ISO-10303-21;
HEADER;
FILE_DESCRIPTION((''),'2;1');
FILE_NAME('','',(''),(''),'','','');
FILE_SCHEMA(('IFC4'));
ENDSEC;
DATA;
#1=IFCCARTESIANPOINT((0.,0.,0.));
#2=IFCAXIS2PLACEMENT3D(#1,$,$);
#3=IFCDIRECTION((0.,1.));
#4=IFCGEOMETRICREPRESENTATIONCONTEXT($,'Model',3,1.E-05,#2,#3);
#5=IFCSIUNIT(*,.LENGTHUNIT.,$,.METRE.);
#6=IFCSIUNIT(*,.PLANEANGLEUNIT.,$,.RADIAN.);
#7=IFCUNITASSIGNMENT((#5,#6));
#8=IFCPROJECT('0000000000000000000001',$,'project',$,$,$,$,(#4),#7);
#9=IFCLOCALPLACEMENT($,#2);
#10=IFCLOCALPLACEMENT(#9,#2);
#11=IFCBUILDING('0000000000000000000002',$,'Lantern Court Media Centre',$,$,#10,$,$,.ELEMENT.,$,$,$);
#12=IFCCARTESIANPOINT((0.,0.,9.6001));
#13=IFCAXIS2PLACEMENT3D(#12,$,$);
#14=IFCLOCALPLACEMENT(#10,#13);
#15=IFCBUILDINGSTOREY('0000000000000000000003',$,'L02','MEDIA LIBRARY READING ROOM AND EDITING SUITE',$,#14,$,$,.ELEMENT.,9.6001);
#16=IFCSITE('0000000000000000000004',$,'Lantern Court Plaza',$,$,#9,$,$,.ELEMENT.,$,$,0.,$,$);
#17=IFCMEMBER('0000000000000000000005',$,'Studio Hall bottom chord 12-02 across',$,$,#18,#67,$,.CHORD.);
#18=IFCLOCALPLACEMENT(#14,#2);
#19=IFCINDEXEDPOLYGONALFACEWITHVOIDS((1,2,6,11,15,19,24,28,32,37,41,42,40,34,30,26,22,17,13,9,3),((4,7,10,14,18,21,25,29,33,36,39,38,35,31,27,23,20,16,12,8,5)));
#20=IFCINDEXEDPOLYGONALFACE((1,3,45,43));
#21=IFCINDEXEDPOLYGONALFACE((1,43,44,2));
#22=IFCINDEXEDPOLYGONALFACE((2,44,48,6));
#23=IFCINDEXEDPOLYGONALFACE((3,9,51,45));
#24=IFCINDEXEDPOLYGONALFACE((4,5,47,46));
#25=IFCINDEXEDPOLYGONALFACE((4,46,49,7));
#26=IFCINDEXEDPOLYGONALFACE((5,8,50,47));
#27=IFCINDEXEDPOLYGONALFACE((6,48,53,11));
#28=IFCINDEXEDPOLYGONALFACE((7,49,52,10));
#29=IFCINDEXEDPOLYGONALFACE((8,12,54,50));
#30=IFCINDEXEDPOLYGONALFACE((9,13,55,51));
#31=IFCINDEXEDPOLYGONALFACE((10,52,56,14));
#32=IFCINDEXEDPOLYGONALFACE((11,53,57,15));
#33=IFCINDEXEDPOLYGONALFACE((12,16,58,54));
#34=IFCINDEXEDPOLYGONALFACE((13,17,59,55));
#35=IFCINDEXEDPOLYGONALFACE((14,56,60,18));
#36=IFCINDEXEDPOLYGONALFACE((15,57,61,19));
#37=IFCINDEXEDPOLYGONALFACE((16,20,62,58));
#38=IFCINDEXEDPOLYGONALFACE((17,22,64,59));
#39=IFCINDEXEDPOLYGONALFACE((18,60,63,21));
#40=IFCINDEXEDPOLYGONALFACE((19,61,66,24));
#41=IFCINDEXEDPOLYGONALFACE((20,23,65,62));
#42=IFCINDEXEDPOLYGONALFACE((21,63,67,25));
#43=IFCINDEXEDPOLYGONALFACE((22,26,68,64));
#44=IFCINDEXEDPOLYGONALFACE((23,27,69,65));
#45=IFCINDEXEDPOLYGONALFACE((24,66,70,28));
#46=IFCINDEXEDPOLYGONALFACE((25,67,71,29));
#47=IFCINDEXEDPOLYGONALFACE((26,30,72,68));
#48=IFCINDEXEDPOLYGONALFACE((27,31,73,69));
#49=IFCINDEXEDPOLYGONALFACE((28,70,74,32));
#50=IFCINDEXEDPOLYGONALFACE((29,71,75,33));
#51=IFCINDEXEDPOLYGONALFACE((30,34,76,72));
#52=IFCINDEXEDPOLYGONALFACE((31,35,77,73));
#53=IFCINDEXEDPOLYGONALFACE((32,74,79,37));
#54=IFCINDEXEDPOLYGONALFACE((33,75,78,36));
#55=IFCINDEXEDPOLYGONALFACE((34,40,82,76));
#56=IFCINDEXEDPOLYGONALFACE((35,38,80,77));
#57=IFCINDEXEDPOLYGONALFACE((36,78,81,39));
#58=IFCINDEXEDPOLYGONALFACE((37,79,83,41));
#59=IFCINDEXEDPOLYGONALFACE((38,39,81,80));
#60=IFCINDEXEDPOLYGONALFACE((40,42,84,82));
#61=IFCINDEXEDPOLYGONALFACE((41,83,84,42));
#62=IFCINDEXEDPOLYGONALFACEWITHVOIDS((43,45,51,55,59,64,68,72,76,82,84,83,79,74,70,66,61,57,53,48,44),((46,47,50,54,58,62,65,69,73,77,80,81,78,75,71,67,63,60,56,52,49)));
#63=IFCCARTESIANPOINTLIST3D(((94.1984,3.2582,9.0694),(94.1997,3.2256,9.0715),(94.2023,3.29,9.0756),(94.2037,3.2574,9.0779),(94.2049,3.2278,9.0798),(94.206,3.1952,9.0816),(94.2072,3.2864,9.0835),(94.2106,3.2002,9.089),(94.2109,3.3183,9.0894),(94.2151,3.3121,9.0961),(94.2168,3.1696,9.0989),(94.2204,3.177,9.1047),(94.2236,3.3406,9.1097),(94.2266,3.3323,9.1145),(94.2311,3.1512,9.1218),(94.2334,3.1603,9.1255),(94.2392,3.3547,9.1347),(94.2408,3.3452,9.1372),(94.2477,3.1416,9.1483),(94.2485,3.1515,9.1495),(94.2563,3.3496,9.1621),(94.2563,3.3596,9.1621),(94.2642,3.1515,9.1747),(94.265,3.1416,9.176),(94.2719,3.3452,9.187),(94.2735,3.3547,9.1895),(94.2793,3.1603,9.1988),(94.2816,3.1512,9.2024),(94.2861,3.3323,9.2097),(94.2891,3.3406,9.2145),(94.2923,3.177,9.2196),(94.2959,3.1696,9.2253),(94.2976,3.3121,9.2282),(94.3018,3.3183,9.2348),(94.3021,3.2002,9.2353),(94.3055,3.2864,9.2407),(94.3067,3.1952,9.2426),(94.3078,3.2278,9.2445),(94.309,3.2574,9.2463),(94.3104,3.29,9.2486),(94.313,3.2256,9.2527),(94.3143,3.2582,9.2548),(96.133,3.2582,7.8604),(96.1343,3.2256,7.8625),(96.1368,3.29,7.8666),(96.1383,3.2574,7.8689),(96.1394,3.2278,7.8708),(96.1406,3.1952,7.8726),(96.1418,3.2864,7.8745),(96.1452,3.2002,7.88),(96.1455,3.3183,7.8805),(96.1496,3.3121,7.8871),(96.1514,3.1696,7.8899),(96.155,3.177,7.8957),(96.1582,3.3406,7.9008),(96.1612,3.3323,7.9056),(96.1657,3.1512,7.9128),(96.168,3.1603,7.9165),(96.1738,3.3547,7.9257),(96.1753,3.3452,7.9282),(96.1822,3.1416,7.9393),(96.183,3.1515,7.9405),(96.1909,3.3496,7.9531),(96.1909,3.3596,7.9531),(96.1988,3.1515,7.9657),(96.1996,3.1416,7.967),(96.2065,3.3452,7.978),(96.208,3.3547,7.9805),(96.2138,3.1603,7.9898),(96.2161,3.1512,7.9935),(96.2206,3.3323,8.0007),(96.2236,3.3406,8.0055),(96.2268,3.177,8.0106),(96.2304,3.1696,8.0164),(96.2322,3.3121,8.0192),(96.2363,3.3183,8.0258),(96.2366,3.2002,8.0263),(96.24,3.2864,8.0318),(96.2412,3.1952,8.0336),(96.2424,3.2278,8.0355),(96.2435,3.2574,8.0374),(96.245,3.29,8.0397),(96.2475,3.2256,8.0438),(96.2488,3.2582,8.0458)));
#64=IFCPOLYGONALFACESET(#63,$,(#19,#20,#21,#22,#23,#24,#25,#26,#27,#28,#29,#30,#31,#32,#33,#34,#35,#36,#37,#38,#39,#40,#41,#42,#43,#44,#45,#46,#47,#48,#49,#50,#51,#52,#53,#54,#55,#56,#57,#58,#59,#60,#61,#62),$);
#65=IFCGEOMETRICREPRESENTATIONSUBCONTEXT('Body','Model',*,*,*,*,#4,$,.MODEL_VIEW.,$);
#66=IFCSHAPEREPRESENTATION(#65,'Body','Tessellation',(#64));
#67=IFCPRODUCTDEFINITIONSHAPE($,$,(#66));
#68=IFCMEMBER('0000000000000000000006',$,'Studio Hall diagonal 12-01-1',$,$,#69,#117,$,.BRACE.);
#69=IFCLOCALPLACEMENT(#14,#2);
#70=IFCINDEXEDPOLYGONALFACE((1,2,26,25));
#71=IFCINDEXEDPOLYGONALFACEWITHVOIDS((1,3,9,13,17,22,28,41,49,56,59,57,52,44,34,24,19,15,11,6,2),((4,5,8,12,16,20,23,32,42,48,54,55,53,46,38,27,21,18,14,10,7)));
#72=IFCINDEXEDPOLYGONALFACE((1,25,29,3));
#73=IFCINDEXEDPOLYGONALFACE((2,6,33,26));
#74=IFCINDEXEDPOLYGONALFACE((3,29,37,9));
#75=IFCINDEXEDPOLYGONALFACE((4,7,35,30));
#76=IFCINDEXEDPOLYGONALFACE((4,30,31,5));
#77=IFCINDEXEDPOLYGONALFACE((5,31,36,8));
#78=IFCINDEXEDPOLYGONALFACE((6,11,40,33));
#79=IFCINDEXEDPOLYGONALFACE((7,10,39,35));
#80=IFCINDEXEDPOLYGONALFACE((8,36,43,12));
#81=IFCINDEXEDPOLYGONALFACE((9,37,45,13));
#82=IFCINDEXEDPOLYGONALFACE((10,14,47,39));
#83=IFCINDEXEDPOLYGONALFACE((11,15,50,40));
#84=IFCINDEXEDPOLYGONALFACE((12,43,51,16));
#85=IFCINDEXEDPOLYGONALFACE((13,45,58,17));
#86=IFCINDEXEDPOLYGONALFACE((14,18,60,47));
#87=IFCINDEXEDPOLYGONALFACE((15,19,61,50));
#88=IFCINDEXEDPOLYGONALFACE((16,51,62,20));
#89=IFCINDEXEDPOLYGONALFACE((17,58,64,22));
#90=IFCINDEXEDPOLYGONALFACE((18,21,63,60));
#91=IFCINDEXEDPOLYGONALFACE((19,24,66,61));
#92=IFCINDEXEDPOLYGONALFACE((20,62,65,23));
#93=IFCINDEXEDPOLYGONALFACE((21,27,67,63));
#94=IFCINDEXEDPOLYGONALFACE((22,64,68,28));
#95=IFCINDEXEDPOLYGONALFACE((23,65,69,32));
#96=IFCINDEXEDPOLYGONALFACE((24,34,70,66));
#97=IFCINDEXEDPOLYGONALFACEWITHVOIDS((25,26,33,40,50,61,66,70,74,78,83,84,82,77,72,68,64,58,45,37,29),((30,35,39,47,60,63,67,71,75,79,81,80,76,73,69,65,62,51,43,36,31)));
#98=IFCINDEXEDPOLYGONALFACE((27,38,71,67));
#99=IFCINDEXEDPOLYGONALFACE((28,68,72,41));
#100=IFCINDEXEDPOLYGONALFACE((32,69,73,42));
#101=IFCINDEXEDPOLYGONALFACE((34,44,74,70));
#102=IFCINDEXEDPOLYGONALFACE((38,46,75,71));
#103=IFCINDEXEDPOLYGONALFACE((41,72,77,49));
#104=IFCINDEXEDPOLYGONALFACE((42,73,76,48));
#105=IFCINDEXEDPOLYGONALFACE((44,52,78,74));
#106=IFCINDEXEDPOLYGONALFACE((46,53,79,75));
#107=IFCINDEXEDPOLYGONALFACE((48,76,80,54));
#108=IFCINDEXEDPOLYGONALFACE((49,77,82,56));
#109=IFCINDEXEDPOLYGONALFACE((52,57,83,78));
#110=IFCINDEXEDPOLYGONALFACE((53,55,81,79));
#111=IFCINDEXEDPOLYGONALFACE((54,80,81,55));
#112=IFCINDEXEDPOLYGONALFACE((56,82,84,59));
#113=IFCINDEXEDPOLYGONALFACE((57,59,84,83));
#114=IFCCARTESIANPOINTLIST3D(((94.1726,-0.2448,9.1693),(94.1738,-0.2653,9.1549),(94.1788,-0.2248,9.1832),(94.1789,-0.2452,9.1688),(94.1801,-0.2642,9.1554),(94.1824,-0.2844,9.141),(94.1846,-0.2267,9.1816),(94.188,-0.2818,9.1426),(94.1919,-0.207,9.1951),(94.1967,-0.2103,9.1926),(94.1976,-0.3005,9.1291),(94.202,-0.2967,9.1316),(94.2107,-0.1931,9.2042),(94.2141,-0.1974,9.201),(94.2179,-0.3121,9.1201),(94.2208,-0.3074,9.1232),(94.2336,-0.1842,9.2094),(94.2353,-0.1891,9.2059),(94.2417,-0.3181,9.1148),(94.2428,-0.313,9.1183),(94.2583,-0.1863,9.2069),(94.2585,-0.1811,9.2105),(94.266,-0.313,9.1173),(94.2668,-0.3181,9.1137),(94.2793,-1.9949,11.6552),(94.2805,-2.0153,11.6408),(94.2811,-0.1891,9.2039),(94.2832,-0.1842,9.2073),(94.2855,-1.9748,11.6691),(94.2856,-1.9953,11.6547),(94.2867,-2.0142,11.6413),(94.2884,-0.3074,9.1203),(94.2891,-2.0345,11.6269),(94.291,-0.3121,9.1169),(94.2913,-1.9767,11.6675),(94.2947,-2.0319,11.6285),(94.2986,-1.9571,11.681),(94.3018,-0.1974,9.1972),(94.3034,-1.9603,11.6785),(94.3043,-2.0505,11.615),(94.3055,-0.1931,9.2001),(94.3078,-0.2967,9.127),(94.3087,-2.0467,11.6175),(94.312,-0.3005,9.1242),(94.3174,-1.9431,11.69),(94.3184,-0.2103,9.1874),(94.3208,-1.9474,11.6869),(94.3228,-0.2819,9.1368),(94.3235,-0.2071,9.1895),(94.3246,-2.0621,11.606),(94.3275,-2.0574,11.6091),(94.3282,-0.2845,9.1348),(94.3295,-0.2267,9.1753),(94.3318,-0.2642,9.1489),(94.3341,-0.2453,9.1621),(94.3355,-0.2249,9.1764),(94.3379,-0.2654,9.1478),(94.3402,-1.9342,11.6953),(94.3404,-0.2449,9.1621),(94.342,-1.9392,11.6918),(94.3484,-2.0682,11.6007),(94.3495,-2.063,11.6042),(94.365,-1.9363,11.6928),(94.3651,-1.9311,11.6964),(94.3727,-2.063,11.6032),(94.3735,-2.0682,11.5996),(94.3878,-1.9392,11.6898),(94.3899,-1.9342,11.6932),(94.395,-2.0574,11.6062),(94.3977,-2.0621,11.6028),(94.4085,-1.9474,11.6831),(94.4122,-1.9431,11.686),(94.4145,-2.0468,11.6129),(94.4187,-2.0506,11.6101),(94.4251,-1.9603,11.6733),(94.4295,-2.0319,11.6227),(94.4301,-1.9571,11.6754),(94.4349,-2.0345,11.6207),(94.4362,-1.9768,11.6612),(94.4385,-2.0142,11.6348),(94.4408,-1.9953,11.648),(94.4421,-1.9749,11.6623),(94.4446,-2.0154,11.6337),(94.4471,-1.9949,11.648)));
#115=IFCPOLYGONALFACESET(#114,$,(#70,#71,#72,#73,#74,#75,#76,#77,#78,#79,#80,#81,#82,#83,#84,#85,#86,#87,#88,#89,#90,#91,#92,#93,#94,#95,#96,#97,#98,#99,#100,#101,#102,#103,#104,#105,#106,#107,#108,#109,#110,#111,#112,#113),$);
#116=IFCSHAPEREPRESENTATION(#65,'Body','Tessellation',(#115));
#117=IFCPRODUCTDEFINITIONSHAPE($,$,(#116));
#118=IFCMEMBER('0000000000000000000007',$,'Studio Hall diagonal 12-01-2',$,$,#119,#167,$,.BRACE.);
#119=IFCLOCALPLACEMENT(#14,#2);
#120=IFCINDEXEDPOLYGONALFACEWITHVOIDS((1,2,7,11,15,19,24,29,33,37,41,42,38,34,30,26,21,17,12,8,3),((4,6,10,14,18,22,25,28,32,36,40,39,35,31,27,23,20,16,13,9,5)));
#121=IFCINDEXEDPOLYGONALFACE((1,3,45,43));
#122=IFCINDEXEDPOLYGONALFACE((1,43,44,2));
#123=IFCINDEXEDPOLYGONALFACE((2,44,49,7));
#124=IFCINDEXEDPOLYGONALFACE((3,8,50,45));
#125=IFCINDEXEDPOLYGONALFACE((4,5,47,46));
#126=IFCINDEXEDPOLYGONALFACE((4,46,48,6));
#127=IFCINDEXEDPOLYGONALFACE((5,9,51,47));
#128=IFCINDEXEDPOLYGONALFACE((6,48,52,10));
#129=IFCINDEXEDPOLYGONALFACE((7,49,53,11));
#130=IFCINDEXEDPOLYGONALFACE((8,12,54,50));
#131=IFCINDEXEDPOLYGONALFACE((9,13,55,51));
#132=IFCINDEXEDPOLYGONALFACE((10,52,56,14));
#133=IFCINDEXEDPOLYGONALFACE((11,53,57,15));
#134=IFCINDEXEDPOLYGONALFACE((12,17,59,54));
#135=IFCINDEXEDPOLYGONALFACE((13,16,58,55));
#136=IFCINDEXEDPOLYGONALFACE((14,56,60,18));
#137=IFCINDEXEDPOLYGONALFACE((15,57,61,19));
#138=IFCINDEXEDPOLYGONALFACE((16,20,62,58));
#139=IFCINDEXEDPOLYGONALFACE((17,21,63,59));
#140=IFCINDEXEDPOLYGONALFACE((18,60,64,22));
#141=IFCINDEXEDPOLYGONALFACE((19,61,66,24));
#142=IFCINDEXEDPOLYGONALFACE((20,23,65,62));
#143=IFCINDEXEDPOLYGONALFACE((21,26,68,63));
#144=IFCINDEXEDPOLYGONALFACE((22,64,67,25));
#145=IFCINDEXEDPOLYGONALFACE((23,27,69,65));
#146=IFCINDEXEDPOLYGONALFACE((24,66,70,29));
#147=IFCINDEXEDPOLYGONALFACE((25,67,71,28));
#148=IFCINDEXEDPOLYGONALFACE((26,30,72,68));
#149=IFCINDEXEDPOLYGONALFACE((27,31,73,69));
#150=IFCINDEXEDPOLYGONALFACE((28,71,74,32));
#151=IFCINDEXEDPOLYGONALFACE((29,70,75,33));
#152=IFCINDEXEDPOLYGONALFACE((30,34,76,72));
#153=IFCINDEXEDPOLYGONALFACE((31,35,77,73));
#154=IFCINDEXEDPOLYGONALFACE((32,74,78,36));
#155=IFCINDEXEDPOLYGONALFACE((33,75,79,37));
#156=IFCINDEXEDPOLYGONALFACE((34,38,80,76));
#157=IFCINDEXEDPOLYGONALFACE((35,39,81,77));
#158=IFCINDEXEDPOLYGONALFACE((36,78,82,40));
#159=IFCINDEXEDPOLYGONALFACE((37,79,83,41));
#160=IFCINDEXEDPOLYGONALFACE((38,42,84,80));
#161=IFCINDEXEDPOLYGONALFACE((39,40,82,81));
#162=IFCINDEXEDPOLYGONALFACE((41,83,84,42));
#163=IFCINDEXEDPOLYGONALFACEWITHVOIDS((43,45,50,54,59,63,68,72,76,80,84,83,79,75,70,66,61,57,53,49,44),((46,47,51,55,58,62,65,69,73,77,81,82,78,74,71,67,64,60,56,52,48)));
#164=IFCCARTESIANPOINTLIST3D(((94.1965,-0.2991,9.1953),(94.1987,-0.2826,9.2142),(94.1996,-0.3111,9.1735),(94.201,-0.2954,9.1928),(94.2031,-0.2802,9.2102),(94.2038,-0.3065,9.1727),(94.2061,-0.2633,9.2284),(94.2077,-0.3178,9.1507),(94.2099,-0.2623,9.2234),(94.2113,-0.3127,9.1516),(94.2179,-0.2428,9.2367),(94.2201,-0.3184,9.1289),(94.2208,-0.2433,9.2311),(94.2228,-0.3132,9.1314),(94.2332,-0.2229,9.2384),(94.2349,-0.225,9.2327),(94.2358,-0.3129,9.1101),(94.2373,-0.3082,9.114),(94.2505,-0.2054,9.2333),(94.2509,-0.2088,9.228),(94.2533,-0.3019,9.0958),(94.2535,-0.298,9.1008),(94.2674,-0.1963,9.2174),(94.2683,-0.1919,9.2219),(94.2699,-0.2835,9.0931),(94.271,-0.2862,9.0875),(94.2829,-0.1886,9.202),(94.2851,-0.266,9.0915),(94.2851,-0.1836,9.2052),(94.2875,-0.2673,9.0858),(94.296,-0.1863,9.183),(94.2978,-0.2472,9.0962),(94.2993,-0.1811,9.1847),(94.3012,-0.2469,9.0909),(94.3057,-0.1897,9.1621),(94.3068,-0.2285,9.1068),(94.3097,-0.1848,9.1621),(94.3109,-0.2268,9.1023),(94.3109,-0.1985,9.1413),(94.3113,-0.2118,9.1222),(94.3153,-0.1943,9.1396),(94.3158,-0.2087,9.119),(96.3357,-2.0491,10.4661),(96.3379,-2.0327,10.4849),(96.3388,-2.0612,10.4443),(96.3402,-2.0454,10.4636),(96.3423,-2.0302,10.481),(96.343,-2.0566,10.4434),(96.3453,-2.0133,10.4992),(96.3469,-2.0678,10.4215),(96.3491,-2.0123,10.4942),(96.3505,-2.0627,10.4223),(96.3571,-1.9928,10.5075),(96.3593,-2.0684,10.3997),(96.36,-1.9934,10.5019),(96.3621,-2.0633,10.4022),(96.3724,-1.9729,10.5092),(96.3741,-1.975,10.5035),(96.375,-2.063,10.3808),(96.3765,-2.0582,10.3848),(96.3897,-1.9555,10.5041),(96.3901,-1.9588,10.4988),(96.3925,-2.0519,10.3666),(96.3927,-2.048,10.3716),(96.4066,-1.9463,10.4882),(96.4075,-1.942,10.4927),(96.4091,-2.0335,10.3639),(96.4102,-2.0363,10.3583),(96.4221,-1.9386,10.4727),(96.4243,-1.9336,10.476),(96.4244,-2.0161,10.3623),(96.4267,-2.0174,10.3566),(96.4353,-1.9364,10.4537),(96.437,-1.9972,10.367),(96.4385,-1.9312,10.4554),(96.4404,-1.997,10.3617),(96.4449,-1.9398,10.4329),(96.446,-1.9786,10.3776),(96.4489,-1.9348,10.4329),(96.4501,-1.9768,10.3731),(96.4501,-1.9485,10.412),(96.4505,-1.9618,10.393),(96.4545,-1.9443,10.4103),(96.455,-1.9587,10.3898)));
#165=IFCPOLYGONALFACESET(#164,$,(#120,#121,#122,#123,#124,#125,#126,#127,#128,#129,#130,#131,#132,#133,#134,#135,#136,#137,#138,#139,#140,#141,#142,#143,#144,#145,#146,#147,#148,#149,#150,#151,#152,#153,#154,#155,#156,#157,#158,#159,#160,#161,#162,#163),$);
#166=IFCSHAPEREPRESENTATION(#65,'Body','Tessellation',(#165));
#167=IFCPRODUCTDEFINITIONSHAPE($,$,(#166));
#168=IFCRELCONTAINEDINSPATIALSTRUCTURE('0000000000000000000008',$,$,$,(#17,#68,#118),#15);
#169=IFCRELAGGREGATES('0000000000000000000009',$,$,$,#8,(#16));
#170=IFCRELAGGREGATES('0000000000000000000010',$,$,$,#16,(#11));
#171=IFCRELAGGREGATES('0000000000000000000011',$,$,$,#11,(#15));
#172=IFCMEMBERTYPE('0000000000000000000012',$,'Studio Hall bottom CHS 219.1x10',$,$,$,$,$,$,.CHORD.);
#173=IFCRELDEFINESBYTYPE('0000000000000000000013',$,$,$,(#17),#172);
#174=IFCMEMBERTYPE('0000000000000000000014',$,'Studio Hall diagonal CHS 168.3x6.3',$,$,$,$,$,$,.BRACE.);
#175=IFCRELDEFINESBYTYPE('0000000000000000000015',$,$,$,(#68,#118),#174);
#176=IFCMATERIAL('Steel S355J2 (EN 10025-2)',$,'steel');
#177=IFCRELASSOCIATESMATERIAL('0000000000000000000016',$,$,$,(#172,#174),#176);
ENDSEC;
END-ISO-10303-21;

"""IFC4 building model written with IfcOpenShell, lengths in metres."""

from ifc_helpers import new_model, si_unit, direction, frame, origin, origin_2d, place, context, subcontext, project, spatial, hollow_circle, extrude, material, material_profile, profile_set, type_object, element, save


model = new_model("IFC4")

# Units and contexts
model_context = context("Model", 3, precision=1e-05, world=origin(), true_north=direction((0.0, 1.0)))
body_context = subcontext(model_context, "Body", "Model", "MODEL_VIEW")
ifc_project = project(units=[si_unit("LENGTHUNIT", "METRE"), si_unit("PLANEANGLEUNIT", "RADIAN")], contexts=[model_context])

# Site, building, storey
site_placement = place(None, origin())
site = spatial("IfcSite", under=ifc_project, at=site_placement, Name="Lantern Court Plaza", CompositionType="ELEMENT", RefElevation=0.0)
building_placement = place(site_placement, origin())
building = spatial("IfcBuilding", under=site, at=building_placement, Name="Lantern Court Media Centre", CompositionType="ELEMENT")
storey_placement = place(building_placement, frame((0.0, 0.0, 9.6001)))
storey = spatial("IfcBuildingStorey", under=building, at=storey_placement, Name="L02", Description="MEDIA LIBRARY READING ROOM AND EDITING SUITE", CompositionType="ELEMENT", Elevation=9.6001)

# Members
ifc_material_1 = material(Name="Steel S355J2 (EN 10025-2)", Category="steel")
ifc_material_profile_1 = material_profile(ifc_material_1, hollow_circle(Radius=0.1096, WallThickness=0.01, at=origin_2d()), Name="Studio Hall bottom CHS 219.1x10")
ifc_profile_set_1 = profile_set([ifc_material_profile_1], Name="Steel S355J2 (EN 10025-2)")
member_type_1 = type_object("IfcMemberType", Name="Studio Hall bottom CHS 219.1x10", PredefinedType="CHORD", material=ifc_profile_set_1)
for number, where, z_axis, x_axis, name in (
    (1, (94.2563, 3.25, 9.1621), (0.848022, 0.0, -0.52996), (0.0, 1.0, 0.0), "Studio Hall bottom chord 12-02 across"),
):
    element("IfcMember", number, at=place(storey_placement, frame(where, z_axis=z_axis, x_axis=x_axis)), inside=storey, type_object=member_type_1, Name=name, PredefinedType="CHORD", context=body_context, shape_type="SweptSolid", body=[
        extrude(hollow_circle(Radius=0.1096, WallThickness=0.01, at=origin_2d()), origin(), (0.0, 0.0, 1.0), 2.2812),
    ])
ifc_material_profile_2 = material_profile(ifc_material_1, hollow_circle(Radius=0.0842, WallThickness=0.0063, at=origin_2d()), Name="Studio Hall diagonal CHS 168.3x6.3")
ifc_profile_set_2 = profile_set([ifc_material_profile_2], Name="Steel S355J2 (EN 10025-2)")
member_type_2 = type_object("IfcMemberType", Name="Studio Hall diagonal CHS 168.3x6.3", PredefinedType="BRACE", material=ifc_profile_set_2)
for number, where, z_axis, x_axis, name in (
    (2, (94.2563, -0.25, 9.1621), (0.035073, -0.575294, 0.817194), (0.998147, 0.060852, 0.0), "Studio Hall diagonal 12-01-1"),
    (3, (94.2563, -0.25, 9.1621), (0.703225, -0.575293, 0.417746), (0.63319, 0.773997, 0.0), "Studio Hall diagonal 12-01-2"),
):
    element("IfcMember", number, at=place(storey_placement, frame(where, z_axis=z_axis, x_axis=x_axis)), inside=storey, type_object=member_type_2, Name=name, PredefinedType="BRACE", context=body_context, shape_type="SweptSolid", body=[
        extrude(hollow_circle(Radius=0.0842, WallThickness=0.0063, at=origin_2d()), origin(), (0.0, 0.0, 1.0), 3.042),
    ])

save(model, "model.ifc")
